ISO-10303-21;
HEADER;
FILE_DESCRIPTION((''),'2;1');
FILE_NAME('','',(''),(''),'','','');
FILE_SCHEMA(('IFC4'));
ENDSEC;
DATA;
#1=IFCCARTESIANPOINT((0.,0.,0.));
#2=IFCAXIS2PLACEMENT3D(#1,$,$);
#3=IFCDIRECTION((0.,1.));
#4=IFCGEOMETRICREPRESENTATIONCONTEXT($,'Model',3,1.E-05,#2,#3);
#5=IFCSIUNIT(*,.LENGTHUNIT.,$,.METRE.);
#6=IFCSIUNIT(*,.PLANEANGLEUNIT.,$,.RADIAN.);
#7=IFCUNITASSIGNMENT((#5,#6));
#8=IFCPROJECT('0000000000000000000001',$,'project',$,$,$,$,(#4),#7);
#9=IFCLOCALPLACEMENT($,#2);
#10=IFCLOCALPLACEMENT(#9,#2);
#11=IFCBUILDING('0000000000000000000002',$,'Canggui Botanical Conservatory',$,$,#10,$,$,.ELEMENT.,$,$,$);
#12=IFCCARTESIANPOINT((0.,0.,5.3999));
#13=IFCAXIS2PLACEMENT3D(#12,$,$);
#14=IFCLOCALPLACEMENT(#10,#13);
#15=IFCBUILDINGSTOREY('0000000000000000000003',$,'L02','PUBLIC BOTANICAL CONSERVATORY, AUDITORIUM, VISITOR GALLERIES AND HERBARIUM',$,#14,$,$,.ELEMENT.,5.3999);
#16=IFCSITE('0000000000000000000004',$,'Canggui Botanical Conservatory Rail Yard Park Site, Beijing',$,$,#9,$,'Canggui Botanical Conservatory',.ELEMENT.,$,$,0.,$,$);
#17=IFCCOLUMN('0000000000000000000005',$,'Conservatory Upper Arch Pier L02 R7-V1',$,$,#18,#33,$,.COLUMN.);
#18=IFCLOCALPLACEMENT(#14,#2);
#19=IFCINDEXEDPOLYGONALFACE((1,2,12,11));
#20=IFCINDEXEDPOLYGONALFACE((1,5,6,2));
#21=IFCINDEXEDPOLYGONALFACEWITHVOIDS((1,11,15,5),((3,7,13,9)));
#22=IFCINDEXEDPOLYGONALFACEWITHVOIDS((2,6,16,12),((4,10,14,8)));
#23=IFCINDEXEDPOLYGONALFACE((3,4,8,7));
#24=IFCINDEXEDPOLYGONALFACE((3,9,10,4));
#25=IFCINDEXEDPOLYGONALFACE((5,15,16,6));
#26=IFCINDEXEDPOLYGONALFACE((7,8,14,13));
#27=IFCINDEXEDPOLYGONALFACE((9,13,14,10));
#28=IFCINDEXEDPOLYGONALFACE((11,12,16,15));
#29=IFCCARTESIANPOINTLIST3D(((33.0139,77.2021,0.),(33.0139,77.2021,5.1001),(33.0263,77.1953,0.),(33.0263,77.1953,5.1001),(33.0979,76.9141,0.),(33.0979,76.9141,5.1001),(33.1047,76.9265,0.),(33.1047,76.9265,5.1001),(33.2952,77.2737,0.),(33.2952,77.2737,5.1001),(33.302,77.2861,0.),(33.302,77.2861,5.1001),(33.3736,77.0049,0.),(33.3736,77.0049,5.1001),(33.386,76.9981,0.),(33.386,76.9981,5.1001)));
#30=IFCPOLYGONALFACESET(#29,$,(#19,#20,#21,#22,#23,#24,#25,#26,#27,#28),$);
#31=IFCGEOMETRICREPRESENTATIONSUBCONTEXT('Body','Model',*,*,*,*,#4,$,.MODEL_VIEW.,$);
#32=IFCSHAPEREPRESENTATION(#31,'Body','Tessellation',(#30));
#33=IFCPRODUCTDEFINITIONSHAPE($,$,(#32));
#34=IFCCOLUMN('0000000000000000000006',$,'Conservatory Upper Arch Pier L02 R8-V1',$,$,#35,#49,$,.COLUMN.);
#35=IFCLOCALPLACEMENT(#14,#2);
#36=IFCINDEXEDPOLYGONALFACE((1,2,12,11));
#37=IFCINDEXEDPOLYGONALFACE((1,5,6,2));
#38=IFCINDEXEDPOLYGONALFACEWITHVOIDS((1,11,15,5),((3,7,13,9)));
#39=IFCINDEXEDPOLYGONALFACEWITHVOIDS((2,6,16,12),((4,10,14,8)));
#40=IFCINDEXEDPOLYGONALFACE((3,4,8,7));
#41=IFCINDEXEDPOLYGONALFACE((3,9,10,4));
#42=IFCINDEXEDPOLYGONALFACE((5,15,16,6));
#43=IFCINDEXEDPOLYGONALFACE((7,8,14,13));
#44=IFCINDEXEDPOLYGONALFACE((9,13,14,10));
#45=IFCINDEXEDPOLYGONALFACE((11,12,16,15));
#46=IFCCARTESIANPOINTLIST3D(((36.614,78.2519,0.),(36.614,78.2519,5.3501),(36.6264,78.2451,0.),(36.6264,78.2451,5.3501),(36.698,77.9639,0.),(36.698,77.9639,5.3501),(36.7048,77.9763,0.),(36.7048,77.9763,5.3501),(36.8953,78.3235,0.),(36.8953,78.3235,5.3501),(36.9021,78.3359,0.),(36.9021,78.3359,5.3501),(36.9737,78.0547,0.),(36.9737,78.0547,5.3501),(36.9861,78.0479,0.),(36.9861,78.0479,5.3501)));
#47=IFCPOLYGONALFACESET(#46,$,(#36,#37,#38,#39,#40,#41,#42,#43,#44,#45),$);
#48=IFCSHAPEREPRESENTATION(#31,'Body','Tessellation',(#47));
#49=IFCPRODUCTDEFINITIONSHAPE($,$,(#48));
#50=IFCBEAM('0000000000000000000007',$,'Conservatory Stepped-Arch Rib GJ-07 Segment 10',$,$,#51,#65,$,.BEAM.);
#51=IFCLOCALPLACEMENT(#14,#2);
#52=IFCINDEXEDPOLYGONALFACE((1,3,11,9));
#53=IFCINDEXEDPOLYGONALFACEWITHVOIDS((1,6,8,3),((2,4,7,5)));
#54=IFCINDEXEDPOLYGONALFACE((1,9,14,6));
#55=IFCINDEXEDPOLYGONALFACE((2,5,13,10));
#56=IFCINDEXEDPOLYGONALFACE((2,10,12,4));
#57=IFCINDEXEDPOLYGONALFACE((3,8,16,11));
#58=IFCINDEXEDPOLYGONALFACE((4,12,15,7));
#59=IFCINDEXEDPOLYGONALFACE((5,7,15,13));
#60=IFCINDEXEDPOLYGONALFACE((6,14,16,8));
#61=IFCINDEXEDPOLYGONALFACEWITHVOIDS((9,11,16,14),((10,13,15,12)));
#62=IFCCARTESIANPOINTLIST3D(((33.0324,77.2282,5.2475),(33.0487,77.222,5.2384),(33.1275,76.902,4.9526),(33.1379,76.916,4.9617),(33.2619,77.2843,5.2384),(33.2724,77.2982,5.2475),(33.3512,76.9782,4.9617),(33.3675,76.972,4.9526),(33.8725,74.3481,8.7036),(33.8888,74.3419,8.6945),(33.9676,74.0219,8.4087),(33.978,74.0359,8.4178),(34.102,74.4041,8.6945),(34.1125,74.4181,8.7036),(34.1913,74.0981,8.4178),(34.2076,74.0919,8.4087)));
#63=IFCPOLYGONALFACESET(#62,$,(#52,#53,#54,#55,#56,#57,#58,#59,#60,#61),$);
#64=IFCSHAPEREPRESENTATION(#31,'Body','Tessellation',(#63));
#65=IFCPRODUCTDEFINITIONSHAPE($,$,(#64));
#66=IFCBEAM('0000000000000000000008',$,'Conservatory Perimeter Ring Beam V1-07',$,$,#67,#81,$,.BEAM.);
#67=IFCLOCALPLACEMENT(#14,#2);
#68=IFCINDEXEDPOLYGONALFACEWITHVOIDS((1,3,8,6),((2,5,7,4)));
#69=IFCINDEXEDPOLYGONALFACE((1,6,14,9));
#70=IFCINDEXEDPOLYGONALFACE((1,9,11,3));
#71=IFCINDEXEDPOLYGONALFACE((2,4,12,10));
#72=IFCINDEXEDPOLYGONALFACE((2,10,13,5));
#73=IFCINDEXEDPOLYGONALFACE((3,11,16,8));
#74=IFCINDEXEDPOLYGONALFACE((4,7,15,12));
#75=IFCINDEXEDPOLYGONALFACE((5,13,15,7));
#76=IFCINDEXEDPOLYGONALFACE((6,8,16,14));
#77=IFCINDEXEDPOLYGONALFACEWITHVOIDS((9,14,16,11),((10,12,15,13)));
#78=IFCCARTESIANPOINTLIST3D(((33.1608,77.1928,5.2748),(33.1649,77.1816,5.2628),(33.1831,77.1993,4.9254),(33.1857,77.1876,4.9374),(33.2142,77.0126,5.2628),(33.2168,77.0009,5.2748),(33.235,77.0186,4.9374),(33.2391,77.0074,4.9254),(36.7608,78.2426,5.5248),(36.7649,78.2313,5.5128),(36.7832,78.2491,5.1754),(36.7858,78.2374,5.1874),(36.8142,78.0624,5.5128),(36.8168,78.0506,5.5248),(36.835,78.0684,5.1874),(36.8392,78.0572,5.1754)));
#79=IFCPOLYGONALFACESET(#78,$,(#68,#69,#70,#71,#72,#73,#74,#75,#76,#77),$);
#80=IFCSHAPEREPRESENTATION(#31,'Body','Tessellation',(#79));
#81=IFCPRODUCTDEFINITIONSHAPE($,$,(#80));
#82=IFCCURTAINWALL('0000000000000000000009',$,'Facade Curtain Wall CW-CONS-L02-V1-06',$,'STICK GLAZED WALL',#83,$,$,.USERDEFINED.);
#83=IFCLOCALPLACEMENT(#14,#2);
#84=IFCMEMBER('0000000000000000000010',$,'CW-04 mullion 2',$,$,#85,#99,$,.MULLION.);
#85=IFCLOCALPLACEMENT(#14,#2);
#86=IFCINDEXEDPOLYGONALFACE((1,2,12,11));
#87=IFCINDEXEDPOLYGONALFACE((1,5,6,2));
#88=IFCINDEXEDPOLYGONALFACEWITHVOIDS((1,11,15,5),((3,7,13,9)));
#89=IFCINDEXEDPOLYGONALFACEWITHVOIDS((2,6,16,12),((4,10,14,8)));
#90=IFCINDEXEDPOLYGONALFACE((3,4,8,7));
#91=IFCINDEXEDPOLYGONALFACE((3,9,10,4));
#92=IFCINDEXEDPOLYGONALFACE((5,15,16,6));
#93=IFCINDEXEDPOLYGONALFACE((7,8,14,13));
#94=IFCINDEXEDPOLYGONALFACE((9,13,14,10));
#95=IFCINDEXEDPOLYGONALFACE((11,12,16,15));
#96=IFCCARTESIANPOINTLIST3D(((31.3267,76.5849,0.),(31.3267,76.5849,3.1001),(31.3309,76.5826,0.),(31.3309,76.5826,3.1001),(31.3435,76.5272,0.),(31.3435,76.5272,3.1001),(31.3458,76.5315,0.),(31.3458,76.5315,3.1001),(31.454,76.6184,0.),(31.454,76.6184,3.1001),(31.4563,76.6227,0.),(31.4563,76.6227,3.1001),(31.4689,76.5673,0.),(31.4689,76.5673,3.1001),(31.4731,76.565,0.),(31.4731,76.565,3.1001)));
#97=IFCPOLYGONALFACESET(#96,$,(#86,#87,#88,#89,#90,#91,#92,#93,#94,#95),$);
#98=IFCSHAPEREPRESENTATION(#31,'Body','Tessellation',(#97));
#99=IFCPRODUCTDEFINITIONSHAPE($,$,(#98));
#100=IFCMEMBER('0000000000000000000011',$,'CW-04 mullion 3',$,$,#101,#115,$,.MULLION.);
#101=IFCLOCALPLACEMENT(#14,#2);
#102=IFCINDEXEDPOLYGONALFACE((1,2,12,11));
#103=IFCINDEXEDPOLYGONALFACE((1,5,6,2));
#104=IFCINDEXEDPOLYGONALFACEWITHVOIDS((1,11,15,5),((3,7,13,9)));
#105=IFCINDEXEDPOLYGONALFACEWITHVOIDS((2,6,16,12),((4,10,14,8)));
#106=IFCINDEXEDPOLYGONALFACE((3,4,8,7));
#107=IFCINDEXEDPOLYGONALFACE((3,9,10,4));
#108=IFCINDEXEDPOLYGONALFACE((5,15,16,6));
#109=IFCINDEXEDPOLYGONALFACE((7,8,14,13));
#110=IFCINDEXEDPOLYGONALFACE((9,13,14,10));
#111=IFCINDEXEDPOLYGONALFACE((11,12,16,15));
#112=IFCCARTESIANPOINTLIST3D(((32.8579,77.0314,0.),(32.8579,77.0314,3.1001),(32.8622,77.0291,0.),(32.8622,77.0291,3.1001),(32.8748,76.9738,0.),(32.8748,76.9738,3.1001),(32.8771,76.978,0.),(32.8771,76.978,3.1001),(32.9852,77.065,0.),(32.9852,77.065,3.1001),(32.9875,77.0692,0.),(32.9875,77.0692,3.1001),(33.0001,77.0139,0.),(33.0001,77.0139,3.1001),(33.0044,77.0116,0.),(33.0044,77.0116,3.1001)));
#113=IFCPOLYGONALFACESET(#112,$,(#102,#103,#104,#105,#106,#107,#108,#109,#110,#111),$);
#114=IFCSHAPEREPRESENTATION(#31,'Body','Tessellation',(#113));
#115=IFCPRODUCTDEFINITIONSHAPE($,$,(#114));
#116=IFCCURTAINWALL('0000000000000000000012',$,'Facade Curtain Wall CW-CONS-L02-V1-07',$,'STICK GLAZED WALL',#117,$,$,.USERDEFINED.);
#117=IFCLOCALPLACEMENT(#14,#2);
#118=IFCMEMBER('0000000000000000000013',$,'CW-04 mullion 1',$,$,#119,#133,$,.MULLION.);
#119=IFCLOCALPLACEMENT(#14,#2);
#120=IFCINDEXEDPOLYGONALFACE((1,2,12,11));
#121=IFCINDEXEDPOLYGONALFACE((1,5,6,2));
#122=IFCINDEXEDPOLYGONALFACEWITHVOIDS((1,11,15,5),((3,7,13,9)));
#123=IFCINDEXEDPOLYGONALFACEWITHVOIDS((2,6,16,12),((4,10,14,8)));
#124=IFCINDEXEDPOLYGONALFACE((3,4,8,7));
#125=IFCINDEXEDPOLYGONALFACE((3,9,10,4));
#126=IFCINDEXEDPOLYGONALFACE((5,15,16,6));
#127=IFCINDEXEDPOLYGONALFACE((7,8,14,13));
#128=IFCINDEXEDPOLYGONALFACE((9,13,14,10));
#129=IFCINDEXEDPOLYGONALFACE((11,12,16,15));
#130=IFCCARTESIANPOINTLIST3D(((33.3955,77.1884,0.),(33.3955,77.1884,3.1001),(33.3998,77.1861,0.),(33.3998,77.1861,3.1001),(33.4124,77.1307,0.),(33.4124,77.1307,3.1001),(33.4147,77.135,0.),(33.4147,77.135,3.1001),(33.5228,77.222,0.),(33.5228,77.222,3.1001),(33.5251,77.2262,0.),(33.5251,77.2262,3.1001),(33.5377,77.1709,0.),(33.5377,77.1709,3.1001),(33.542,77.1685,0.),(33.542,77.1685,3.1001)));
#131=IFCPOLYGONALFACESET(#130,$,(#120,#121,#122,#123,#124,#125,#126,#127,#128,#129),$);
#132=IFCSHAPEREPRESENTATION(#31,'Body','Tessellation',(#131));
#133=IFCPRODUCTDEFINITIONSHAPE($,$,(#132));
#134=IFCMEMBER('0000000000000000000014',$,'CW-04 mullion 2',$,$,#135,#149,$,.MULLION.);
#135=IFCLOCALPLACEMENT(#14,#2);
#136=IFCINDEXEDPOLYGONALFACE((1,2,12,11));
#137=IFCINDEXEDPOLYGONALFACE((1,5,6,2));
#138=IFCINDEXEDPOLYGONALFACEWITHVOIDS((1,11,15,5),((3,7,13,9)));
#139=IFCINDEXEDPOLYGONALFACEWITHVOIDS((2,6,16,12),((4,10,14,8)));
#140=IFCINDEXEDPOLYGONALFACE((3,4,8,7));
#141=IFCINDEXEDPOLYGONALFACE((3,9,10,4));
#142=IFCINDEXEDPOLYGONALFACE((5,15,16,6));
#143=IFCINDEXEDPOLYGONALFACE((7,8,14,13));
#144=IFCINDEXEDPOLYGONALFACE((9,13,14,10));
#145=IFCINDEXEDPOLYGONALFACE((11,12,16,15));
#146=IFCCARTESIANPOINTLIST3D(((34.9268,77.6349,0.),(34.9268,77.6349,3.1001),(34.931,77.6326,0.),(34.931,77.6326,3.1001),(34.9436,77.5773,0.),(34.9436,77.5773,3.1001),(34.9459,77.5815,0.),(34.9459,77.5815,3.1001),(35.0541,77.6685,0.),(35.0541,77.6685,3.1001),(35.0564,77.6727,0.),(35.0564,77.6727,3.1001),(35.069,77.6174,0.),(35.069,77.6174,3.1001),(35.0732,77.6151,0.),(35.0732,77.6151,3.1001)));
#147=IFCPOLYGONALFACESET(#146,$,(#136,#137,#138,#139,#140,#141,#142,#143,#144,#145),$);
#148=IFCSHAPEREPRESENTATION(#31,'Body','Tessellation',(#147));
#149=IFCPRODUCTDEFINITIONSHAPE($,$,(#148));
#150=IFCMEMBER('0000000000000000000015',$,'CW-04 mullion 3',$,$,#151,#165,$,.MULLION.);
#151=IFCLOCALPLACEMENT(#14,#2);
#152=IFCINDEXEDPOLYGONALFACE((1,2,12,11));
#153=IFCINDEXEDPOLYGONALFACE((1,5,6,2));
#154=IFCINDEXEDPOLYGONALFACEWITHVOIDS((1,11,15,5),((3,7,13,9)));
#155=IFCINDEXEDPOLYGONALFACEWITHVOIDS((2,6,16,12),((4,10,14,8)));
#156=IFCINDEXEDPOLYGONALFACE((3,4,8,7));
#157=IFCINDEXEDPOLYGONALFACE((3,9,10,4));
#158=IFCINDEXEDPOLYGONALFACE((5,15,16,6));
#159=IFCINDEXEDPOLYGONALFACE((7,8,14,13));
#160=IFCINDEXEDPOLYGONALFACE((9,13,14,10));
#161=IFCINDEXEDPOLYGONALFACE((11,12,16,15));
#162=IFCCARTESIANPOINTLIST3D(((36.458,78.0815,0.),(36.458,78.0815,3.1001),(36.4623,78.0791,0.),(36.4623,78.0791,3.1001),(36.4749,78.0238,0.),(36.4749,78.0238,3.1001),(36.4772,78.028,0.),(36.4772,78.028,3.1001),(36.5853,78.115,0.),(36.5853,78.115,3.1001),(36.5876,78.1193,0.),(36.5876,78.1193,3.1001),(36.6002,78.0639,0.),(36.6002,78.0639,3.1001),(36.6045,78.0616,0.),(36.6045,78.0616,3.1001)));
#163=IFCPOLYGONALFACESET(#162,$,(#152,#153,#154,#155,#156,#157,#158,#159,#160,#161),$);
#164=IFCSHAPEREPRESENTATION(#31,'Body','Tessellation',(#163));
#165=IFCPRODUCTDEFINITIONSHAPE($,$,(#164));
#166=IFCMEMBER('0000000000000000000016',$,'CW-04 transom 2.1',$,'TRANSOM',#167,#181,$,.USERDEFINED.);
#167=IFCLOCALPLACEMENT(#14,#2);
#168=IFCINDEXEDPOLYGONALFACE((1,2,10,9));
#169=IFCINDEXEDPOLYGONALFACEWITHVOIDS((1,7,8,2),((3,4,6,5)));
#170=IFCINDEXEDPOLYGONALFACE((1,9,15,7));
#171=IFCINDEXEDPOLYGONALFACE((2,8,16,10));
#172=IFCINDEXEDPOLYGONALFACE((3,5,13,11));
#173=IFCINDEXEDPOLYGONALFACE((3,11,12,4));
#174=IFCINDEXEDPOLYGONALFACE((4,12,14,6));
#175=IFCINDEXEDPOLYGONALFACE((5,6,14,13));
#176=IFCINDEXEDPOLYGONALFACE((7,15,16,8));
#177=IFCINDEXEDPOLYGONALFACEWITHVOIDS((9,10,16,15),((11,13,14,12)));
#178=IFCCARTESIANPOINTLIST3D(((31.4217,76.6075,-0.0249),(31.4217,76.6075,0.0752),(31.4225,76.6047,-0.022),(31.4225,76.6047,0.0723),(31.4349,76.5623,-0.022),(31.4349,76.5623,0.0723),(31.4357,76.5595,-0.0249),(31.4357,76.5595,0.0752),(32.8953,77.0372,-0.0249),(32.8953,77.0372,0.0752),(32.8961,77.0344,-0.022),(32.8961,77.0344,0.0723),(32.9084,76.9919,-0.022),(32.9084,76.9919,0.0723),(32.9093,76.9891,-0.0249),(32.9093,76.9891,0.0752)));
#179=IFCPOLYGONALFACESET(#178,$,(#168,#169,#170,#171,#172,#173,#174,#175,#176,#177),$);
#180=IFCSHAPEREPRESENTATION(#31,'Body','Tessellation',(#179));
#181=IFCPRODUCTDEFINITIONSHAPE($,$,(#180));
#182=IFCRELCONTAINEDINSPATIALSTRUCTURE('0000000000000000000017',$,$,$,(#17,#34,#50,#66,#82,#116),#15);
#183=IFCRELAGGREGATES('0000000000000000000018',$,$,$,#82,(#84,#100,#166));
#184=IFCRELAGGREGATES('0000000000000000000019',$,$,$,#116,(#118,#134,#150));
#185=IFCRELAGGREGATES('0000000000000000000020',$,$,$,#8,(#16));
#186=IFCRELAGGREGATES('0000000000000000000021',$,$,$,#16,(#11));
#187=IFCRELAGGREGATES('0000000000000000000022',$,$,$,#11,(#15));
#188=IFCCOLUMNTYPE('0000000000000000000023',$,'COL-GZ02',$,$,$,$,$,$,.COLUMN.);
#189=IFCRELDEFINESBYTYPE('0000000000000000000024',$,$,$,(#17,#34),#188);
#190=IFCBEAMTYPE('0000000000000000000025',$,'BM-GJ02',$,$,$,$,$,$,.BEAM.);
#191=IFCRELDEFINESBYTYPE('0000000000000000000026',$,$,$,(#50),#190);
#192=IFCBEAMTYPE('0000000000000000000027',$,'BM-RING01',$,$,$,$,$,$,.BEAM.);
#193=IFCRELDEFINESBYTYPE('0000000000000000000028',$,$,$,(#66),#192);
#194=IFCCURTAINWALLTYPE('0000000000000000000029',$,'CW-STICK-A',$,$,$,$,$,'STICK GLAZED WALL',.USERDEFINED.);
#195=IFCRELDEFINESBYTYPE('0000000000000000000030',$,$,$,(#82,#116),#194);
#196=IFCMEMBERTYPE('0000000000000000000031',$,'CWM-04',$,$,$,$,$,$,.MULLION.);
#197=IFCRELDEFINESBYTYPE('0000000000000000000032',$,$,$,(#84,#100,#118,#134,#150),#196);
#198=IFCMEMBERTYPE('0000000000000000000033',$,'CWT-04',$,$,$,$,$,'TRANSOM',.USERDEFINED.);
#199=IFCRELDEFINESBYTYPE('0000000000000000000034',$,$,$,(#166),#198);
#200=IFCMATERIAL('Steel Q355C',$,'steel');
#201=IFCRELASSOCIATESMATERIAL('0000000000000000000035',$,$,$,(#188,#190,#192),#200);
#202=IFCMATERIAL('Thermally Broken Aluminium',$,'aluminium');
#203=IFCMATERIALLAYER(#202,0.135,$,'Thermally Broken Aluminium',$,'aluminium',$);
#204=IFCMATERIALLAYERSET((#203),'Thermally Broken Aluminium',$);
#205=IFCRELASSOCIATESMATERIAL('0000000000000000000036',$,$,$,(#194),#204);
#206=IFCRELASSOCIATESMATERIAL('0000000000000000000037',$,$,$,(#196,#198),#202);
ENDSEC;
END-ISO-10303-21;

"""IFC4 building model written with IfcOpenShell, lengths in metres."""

from ifc_helpers import new_model, si_unit, direction, frame, origin, origin_2d, place, context, subcontext, project, spatial, hollow_rectangle, extrude, material, layer, layer_set, material_profile, profile_set, type_object, element, aggregate, save


model = new_model("IFC4")

# Units and contexts
model_context = context("Model", 3, precision=1e-05, world=origin(), true_north=direction((0.0, 1.0)))
body_context = subcontext(model_context, "Body", "Model", "MODEL_VIEW")
ifc_project = project(units=[si_unit("LENGTHUNIT", "METRE"), si_unit("PLANEANGLEUNIT", "RADIAN")], contexts=[model_context])

# Site, building, storey
site_placement = place(None, origin())
site = spatial("IfcSite", under=ifc_project, at=site_placement, Name="Canggui Botanical Conservatory Rail Yard Park Site, Beijing", LongName="Canggui Botanical Conservatory", CompositionType="ELEMENT", RefElevation=0.0)
building_placement = place(site_placement, origin())
building = spatial("IfcBuilding", under=site, at=building_placement, Name="Canggui Botanical Conservatory", CompositionType="ELEMENT")
storey_placement = place(building_placement, frame((0.0, 0.0, 5.3999)))
storey = spatial("IfcBuildingStorey", under=building, at=storey_placement, Name="L02", Description="PUBLIC BOTANICAL CONSERVATORY, AUDITORIUM, VISITOR GALLERIES AND HERBARIUM", CompositionType="ELEMENT", Elevation=5.3999)

# Columns
ifc_material_1 = material(Name="Steel Q355C", Category="steel")
ifc_material_profile_1 = material_profile(ifc_material_1, hollow_rectangle(XDim=0.3, YDim=0.3, WallThickness=0.01, at=origin_2d()), Name="SHS 300x300x10")
ifc_profile_set_1 = profile_set([ifc_material_profile_1], Name="Steel Q355C")
column_type = type_object("IfcColumnType", Name="COL-GZ02", PredefinedType="COLUMN", material=ifc_profile_set_1)
column_1_placement = place(storey_placement, frame((33.2, 77.1001, 0.0), z_axis=(0.0, 0.0, 1.0), x_axis=(0.96, 0.28, 0.0)))
element("IfcColumn", 1, at=column_1_placement, inside=storey, type_object=column_type, Name="Conservatory Upper Arch Pier L02 R7-V1", PredefinedType="COLUMN", context=body_context, shape_type="SweptSolid", body=[
    extrude(hollow_rectangle(XDim=0.3, YDim=0.3, WallThickness=0.01, at=origin_2d()), origin(), (0.0, 0.0, 1.0), 5.1001),
])
column_2_placement = place(storey_placement, frame((36.8, 78.1499, 0.0), z_axis=(0.0, 0.0, 1.0), x_axis=(0.96, 0.28, 0.0)))
element("IfcColumn", 2, at=column_2_placement, inside=storey, type_object=column_type, Name="Conservatory Upper Arch Pier L02 R8-V1", PredefinedType="COLUMN", context=body_context, shape_type="SweptSolid", body=[
    extrude(hollow_rectangle(XDim=0.3, YDim=0.3, WallThickness=0.01, at=origin_2d()), origin(), (0.0, 0.0, 1.0), 5.3501),
])

# Beams
ifc_material_profile_2 = material_profile(ifc_material_1, hollow_rectangle(XDim=0.25, YDim=0.45, WallThickness=0.0139, at=origin_2d()), Name="RHS 250x450x14")
ifc_profile_set_2 = profile_set([ifc_material_profile_2], Name="Steel Q355C")
beam_type_1 = type_object("IfcBeamType", Name="BM-GJ02", PredefinedType="BEAM", material=ifc_profile_set_2)
beam_1_placement = place(storey_placement, frame((34.04, 74.22, 8.5562), z_axis=(-0.183562, 0.629317, -0.755159), x_axis=(-0.959995, -0.280016, 0.0)))
element("IfcBeam", 3, at=beam_1_placement, inside=storey, type_object=beam_type_1, Name="Conservatory Stepped-Arch Rib GJ-07 Segment 10", PredefinedType="BEAM", context=body_context, shape_type="SweptSolid", body=[
    extrude(hollow_rectangle(XDim=0.25, YDim=0.45, WallThickness=0.0139, at=origin_2d()), origin(), (0.0, 0.0, 1.0), 4.5767),
])
ifc_material_profile_3 = material_profile(ifc_material_1, hollow_rectangle(XDim=0.2, YDim=0.3501, WallThickness=0.012, at=origin_2d()), Name="RHS 200x350x12")
ifc_profile_set_3 = profile_set([ifc_material_profile_3], Name="Steel Q355C")
beam_type_2 = type_object("IfcBeamType", Name="BM-RING01", PredefinedType="BEAM", material=ifc_profile_set_3)
beam_2_placement = place(storey_placement, frame((33.2, 77.1001, 5.1001), z_axis=(0.95789, 0.279325, 0.066518), x_axis=(-0.279945, 0.960016, 0.0)))
element("IfcBeam", 4, at=beam_2_placement, inside=storey, type_object=beam_type_2, Name="Conservatory Perimeter Ring Beam V1-07", PredefinedType="BEAM", context=body_context, shape_type="SweptSolid", body=[
    extrude(hollow_rectangle(XDim=0.2, YDim=0.3501, WallThickness=0.012, at=origin_2d()), origin(), (0.0, 0.0, 1.0), 3.7583),
])

# Curtain walls, members
ifc_material_2 = material(Name="Thermally Broken Aluminium", Category="aluminium")
ifc_layer_1 = layer(ifc_material_2, 0.135, Name="Thermally Broken Aluminium", Category="aluminium")
ifc_layer_set_1 = layer_set([ifc_layer_1], Name="Thermally Broken Aluminium")
curtain_wall_type = type_object("IfcCurtainWallType", Name="CW-STICK-A", ElementType="STICK GLAZED WALL", PredefinedType="USERDEFINED", material=ifc_layer_set_1)
curtain_wall_1_placement = place(storey_placement, origin())
curtain_wall_1 = element("IfcCurtainWall", 5, at=curtain_wall_1_placement, inside=storey, type_object=curtain_wall_type, Name="Facade Curtain Wall CW-CONS-L02-V1-06", ObjectType="STICK GLAZED WALL", PredefinedType="USERDEFINED")
ifc_material_profile_4 = material_profile(ifc_material_2, hollow_rectangle(XDim=0.0601, YDim=0.135, WallThickness=0.0034, at=origin_2d()), Name="CWM 60x135x3.5")
ifc_profile_set_4 = profile_set([ifc_material_profile_4], Name="Thermally Broken Aluminium")
member_type_1 = type_object("IfcMemberType", Name="CWM-04", PredefinedType="MULLION", material=ifc_profile_set_4)
member_1_placement = place(storey_placement, frame((31.3999, 76.575, 0.0), z_axis=(0.0, 0.0, 1.0), x_axis=(-0.28, 0.96, 0.0)))
member_1 = element("IfcMember", 6, at=member_1_placement, type_object=member_type_1, Name="CW-04 mullion 2", PredefinedType="MULLION", context=body_context, shape_type="SweptSolid", body=[
    extrude(hollow_rectangle(XDim=0.0601, YDim=0.135, WallThickness=0.0034, at=origin_2d()), origin(), (0.0, 0.0, 1.0), 3.1001),
])
member_2_placement = place(storey_placement, frame((32.9312, 77.0215, 0.0), z_axis=(0.0, 0.0, 1.0), x_axis=(-0.28, 0.96, 0.0)))
member_2 = element("IfcMember", 7, at=member_2_placement, type_object=member_type_1, Name="CW-04 mullion 3", PredefinedType="MULLION", context=body_context, shape_type="SweptSolid", body=[
    extrude(hollow_rectangle(XDim=0.0601, YDim=0.135, WallThickness=0.0034, at=origin_2d()), origin(), (0.0, 0.0, 1.0), 3.1001),
])
curtain_wall_2_placement = place(storey_placement, origin())
curtain_wall_2 = element("IfcCurtainWall", 8, at=curtain_wall_2_placement, inside=storey, type_object=curtain_wall_type, Name="Facade Curtain Wall CW-CONS-L02-V1-07", ObjectType="STICK GLAZED WALL", PredefinedType="USERDEFINED")
member_3_placement = place(storey_placement, frame((33.4688, 77.1785, 0.0), z_axis=(0.0, 0.0, 1.0), x_axis=(-0.28, 0.96, 0.0)))
member_3 = element("IfcMember", 9, at=member_3_placement, type_object=member_type_1, Name="CW-04 mullion 1", PredefinedType="MULLION", context=body_context, shape_type="SweptSolid", body=[
    extrude(hollow_rectangle(XDim=0.0601, YDim=0.135, WallThickness=0.0034, at=origin_2d()), origin(), (0.0, 0.0, 1.0), 3.1001),
])
member_4_placement = place(storey_placement, frame((35.0, 77.625, 0.0), z_axis=(0.0, 0.0, 1.0), x_axis=(-0.28, 0.96, 0.0)))
member_4 = element("IfcMember", 10, at=member_4_placement, type_object=member_type_1, Name="CW-04 mullion 2", PredefinedType="MULLION", context=body_context, shape_type="SweptSolid", body=[
    extrude(hollow_rectangle(XDim=0.0601, YDim=0.135, WallThickness=0.0034, at=origin_2d()), origin(), (0.0, 0.0, 1.0), 3.1001),
])
member_5_placement = place(storey_placement, frame((36.5312, 78.0715, 0.0), z_axis=(0.0, 0.0, 1.0), x_axis=(-0.28, 0.96, 0.0)))
member_5 = element("IfcMember", 11, at=member_5_placement, type_object=member_type_1, Name="CW-04 mullion 3", PredefinedType="MULLION", context=body_context, shape_type="SweptSolid", body=[
    extrude(hollow_rectangle(XDim=0.0601, YDim=0.135, WallThickness=0.0034, at=origin_2d()), origin(), (0.0, 0.0, 1.0), 3.1001),
])

# Member
ifc_material_profile_5 = material_profile(ifc_material_2, hollow_rectangle(XDim=0.05, YDim=0.1001, WallThickness=0.0029, at=origin_2d()), Name="CWT 50x100x3")
ifc_profile_set_5 = profile_set([ifc_material_profile_5], Name="Thermally Broken Aluminium")
member_type_2 = type_object("IfcMemberType", Name="CWT-04", ElementType="TRANSOM", PredefinedType="USERDEFINED", material=ifc_profile_set_5)
member_6_placement = place(storey_placement, frame((31.4287, 76.5835, 0.0251), z_axis=(0.960021, 0.279927, 0.0), x_axis=(-0.279927, 0.960021, 0.0)))
member_6 = element("IfcMember", 12, at=member_6_placement, type_object=member_type_2, Name="CW-04 transom 2.1", ObjectType="TRANSOM", PredefinedType="USERDEFINED", context=body_context, shape_type="SweptSolid", body=[
    extrude(hollow_rectangle(XDim=0.05, YDim=0.1001, WallThickness=0.0029, at=origin_2d()), origin(), (0.0, 0.0, 1.0), 1.5349),
])

aggregate(curtain_wall_1, [member_1, member_2, member_6])
aggregate(curtain_wall_2, [member_3, member_4, member_5])

save(model, "model.ifc")
